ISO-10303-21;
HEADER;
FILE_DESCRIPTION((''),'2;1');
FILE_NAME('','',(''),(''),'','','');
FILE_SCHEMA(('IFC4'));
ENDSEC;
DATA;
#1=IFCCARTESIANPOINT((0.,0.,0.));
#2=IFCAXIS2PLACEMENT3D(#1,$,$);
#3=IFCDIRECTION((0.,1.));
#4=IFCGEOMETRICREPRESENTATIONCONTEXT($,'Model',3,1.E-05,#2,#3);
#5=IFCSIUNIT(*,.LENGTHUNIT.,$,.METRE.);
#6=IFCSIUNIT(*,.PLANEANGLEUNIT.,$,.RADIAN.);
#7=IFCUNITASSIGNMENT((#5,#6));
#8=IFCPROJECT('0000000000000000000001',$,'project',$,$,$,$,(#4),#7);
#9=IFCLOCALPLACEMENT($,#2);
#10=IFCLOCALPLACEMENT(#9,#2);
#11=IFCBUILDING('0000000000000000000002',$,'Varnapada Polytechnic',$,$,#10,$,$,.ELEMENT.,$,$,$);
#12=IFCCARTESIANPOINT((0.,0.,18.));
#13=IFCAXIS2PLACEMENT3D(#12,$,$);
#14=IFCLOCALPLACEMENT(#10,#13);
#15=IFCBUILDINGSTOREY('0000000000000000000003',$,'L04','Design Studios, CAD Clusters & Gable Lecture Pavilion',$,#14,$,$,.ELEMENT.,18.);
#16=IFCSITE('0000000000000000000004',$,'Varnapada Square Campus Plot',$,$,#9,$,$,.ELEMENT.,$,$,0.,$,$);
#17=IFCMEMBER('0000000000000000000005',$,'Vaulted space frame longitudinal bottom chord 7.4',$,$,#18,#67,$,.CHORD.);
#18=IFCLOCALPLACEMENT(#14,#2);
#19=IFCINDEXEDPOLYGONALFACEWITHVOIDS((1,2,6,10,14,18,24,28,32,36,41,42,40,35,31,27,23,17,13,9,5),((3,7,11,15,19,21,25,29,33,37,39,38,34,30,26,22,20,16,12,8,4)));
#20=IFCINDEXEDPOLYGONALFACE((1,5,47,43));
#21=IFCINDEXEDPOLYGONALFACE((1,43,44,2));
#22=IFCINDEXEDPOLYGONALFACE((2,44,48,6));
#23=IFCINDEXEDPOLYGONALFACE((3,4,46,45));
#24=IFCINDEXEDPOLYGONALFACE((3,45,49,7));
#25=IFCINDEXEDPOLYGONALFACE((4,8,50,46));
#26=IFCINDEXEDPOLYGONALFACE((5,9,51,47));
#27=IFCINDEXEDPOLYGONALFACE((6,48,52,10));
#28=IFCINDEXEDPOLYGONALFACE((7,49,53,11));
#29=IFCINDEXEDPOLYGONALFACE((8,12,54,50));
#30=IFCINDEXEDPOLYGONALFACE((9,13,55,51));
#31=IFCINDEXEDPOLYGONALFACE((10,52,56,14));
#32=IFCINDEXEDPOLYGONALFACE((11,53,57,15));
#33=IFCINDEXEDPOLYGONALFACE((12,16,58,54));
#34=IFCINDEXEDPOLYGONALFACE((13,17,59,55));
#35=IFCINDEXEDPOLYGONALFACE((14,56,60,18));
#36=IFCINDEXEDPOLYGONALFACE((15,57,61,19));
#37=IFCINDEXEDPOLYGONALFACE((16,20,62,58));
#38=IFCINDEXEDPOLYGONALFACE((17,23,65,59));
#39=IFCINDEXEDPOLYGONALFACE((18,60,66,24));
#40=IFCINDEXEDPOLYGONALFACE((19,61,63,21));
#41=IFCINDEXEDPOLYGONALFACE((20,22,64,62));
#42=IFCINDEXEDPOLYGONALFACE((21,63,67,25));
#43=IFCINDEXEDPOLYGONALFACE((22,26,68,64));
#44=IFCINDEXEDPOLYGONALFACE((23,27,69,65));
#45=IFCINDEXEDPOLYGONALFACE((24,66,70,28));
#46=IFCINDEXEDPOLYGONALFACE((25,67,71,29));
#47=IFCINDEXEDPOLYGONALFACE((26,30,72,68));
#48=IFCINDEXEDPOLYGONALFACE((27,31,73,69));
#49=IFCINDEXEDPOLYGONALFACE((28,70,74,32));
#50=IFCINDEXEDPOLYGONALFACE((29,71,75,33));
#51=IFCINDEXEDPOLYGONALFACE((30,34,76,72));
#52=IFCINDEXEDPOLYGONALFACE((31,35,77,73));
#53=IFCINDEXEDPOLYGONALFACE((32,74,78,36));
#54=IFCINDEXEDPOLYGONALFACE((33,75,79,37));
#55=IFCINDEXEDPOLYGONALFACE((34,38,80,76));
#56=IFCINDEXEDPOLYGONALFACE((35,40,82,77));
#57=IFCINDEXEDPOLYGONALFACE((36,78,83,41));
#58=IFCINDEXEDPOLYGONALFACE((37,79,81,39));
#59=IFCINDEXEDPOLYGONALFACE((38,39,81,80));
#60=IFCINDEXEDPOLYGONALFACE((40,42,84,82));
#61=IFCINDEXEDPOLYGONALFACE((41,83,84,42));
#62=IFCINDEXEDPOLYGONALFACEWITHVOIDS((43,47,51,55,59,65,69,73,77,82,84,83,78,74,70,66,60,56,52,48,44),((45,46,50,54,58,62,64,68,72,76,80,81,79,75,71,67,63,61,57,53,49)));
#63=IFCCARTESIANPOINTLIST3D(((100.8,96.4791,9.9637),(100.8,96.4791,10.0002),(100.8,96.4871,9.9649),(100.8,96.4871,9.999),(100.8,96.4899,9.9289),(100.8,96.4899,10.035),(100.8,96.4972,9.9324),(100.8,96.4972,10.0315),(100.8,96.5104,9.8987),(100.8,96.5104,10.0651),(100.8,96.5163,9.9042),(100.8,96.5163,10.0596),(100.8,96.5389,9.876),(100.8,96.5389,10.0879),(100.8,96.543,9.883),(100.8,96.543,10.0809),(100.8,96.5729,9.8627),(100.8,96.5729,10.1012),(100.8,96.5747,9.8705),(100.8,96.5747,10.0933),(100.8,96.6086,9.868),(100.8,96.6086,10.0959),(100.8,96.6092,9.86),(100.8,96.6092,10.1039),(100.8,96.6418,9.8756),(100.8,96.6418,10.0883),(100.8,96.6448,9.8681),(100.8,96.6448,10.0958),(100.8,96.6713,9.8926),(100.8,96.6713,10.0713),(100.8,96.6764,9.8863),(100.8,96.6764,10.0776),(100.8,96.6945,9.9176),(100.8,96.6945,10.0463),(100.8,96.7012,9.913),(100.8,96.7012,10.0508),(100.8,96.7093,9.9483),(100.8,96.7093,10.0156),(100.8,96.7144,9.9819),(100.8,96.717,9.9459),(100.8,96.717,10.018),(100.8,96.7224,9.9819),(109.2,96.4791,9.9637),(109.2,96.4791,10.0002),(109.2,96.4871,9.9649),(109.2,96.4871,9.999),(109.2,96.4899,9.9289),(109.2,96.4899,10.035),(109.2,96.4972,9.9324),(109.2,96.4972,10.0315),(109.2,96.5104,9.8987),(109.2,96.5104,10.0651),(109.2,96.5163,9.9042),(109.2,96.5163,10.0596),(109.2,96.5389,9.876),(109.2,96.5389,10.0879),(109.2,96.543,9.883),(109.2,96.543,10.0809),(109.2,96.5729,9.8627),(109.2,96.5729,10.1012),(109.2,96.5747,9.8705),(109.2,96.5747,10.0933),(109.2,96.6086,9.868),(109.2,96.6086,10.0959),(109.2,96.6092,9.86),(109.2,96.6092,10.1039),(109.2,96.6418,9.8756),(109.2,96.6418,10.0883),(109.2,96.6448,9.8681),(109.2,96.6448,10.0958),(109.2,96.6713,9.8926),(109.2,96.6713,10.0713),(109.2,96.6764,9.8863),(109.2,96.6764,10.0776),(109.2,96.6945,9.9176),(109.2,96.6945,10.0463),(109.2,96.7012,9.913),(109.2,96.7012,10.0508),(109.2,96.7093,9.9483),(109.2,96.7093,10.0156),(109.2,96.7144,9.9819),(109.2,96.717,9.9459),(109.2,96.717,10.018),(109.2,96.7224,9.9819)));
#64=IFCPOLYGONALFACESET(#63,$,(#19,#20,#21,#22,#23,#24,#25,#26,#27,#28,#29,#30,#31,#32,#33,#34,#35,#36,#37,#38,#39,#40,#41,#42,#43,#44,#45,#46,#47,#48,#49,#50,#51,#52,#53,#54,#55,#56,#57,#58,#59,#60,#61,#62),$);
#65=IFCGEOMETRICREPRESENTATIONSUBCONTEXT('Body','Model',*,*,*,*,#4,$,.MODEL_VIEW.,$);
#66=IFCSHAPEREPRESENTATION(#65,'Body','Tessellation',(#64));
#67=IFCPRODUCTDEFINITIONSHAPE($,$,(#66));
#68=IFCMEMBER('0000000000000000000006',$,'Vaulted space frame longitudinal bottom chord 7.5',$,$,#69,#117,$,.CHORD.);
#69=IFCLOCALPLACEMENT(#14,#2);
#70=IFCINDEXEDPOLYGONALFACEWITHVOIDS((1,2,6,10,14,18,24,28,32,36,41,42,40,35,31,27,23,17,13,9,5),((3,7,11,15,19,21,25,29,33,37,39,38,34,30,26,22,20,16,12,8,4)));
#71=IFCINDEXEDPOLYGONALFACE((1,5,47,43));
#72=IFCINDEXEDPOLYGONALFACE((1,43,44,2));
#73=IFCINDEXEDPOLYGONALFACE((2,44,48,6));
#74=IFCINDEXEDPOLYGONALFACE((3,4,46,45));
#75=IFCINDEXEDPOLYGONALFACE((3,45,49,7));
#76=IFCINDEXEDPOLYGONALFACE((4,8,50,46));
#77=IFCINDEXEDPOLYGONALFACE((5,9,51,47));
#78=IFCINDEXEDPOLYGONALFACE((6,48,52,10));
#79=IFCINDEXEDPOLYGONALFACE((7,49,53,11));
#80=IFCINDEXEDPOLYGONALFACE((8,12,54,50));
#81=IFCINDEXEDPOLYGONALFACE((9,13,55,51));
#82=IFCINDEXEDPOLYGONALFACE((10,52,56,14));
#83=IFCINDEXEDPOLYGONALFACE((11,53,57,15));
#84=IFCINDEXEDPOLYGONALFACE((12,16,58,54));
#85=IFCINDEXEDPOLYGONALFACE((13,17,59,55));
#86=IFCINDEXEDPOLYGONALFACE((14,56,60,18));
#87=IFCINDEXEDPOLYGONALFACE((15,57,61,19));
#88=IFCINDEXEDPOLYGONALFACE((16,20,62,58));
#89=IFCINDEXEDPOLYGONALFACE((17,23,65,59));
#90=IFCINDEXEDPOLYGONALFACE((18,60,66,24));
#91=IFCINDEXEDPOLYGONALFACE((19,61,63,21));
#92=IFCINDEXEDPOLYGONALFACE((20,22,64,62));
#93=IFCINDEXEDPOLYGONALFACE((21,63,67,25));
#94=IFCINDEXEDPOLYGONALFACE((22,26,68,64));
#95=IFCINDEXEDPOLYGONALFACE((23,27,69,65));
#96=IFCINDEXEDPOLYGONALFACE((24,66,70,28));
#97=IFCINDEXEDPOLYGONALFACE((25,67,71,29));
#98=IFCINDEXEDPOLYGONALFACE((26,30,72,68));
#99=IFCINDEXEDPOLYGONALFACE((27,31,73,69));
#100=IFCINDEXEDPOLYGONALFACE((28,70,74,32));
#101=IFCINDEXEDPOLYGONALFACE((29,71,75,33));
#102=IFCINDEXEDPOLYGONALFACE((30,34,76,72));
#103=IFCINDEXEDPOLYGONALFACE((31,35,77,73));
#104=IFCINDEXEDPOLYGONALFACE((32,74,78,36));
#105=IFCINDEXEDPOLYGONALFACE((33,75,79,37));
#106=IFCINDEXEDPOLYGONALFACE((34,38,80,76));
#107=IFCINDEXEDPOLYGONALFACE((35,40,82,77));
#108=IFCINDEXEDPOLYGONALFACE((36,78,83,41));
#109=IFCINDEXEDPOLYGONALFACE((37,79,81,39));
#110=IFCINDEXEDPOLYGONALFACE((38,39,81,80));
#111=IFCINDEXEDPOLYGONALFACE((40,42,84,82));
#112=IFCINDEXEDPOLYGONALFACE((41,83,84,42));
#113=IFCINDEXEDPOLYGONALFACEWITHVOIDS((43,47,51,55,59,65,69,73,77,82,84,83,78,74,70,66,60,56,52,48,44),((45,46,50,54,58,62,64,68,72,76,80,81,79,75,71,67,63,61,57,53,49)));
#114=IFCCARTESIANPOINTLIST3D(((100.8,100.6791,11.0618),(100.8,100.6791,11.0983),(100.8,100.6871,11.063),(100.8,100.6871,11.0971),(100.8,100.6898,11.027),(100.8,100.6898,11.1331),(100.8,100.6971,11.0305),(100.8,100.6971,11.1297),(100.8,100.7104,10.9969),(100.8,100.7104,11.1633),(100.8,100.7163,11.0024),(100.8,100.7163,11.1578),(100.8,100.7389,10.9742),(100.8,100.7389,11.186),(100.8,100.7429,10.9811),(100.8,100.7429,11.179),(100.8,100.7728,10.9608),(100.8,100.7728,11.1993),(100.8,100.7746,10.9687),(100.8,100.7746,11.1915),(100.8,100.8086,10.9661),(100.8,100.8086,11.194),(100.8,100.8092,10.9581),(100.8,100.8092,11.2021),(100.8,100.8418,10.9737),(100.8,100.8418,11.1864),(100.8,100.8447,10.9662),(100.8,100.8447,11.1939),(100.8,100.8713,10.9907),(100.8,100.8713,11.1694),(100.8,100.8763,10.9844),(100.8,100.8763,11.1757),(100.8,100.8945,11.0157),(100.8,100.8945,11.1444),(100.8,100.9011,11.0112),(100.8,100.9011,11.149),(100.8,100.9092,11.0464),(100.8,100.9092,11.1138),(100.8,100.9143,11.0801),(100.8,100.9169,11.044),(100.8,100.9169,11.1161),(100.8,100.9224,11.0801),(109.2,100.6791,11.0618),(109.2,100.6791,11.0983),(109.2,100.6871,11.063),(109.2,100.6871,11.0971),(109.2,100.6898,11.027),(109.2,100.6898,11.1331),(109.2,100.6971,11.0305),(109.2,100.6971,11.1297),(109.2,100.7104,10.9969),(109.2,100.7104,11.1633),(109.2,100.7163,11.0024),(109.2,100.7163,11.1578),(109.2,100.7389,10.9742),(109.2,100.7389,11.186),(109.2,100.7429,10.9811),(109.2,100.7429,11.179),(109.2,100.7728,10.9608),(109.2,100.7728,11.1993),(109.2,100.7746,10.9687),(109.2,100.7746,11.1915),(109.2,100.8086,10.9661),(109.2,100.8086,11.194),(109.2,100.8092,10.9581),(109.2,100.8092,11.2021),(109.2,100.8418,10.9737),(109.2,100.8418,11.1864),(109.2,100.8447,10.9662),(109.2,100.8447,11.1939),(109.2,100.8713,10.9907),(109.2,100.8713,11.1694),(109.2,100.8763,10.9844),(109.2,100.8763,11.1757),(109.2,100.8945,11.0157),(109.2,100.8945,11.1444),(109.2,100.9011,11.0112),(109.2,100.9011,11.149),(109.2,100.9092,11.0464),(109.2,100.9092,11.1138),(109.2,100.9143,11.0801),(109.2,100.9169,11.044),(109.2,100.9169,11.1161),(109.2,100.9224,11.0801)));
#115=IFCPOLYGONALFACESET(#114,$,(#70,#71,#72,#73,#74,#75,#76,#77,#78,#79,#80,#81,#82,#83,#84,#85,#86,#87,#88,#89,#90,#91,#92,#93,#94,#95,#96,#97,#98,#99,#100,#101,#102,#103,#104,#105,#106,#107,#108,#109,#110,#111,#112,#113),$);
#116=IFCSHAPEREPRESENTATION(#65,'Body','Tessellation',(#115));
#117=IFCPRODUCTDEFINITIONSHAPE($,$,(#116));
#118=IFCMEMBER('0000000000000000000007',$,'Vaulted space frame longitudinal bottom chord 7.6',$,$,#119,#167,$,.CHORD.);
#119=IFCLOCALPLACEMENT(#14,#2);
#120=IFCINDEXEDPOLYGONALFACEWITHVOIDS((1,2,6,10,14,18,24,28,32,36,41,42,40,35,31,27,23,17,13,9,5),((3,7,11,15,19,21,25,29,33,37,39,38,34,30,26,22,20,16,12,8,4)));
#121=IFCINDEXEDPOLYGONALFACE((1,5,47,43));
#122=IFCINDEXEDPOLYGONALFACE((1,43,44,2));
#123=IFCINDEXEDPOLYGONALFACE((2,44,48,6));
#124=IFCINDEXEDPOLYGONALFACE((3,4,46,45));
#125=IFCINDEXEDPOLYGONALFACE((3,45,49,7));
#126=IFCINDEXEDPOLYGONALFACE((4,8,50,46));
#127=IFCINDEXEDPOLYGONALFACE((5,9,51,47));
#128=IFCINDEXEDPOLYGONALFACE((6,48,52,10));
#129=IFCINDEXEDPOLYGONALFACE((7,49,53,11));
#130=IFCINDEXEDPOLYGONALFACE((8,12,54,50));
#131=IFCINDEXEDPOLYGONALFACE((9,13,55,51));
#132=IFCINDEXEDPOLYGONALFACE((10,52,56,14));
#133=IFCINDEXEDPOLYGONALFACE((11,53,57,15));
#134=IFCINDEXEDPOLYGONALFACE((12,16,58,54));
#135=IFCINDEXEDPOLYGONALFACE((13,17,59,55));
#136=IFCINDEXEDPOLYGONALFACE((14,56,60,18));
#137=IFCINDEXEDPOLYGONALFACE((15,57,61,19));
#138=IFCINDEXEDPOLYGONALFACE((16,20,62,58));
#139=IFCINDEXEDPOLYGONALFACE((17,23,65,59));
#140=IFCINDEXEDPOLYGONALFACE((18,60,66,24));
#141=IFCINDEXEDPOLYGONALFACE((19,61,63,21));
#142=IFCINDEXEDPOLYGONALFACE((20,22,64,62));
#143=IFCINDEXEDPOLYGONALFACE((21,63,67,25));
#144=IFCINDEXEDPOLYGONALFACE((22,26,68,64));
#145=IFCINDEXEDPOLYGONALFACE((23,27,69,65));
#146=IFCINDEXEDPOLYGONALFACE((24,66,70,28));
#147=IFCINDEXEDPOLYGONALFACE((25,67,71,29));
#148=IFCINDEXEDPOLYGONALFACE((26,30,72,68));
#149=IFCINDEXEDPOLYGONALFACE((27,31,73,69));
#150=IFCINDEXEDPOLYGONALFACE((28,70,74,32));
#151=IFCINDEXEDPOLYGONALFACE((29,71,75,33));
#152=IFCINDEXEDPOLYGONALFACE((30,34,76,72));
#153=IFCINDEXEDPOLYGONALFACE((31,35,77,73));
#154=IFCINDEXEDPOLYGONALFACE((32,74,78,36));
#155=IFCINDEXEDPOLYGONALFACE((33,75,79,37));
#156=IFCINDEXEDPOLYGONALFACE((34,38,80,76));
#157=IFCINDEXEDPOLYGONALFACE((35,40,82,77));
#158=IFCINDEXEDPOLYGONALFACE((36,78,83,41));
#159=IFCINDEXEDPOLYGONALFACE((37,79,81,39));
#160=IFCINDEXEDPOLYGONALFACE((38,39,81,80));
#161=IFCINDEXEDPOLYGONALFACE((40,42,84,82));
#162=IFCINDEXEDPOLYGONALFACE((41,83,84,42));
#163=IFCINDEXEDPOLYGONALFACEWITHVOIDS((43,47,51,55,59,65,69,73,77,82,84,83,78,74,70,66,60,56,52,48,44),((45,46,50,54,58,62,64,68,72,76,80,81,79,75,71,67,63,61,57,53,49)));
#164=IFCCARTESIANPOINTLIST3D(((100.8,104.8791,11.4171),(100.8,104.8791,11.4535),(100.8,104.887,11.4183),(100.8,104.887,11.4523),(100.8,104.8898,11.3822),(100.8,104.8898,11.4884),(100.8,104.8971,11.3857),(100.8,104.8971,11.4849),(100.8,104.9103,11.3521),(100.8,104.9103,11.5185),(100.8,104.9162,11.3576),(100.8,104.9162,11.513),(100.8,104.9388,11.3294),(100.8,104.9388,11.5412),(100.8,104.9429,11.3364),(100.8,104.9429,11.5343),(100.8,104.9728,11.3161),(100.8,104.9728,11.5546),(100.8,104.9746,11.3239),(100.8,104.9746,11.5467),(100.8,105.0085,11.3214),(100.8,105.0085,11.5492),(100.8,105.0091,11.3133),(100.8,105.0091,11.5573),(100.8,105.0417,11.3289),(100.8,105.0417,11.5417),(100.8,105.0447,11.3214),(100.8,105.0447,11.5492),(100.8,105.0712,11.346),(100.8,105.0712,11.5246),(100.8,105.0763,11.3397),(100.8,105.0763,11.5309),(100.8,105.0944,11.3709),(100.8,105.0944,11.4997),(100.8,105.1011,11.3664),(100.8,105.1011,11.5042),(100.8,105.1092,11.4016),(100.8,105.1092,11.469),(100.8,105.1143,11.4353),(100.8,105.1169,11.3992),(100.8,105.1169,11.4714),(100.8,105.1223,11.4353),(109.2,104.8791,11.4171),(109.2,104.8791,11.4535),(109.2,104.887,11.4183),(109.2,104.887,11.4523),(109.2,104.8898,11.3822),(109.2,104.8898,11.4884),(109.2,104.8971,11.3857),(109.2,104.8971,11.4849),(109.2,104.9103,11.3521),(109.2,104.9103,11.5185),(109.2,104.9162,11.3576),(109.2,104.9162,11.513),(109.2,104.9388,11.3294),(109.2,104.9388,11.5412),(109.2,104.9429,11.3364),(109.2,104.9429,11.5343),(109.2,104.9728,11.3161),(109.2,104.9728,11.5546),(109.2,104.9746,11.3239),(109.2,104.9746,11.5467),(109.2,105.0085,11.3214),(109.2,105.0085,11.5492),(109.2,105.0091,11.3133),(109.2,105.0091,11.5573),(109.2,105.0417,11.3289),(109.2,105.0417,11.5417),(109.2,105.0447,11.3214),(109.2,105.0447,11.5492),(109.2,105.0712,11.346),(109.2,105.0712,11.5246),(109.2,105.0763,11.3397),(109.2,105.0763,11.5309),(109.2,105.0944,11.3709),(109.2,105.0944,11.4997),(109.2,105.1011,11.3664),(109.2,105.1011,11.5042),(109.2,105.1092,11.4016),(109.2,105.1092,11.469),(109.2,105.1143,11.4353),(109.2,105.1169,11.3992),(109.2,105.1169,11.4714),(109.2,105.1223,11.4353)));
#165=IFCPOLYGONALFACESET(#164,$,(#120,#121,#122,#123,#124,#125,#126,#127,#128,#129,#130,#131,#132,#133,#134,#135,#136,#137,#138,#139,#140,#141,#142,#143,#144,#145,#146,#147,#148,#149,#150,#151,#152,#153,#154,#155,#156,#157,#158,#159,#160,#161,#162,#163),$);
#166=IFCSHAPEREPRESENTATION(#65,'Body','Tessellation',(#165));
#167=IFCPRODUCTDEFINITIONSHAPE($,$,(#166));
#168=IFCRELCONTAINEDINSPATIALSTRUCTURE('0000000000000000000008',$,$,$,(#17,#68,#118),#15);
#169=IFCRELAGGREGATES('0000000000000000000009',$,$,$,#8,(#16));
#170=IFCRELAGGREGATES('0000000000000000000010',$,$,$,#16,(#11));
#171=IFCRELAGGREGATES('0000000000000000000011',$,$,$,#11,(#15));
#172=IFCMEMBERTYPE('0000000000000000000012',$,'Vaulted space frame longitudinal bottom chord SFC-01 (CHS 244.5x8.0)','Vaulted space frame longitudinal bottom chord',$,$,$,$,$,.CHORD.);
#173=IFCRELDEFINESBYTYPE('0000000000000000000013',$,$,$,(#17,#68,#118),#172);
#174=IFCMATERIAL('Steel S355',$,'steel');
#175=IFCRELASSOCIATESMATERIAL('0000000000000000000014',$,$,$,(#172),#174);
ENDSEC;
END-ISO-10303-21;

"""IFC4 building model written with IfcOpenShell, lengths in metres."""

from ifc_helpers import new_model, si_unit, direction, frame, origin, origin_2d, place, context, subcontext, project, spatial, hollow_circle, extrude, material, material_profile, profile_set, type_object, element, save


model = new_model("IFC4")

# Units and contexts
model_context = context("Model", 3, precision=1e-05, world=origin(), true_north=direction((0.0, 1.0)))
body_context = subcontext(model_context, "Body", "Model", "MODEL_VIEW")
ifc_project = project(units=[si_unit("LENGTHUNIT", "METRE"), si_unit("PLANEANGLEUNIT", "RADIAN")], contexts=[model_context])

# Site, building, storey
site_placement = place(None, origin())
site = spatial("IfcSite", under=ifc_project, at=site_placement, Name="Varnapada Square Campus Plot", CompositionType="ELEMENT", RefElevation=0.0)
building_placement = place(site_placement, origin())
building = spatial("IfcBuilding", under=site, at=building_placement, Name="Varnapada Polytechnic", CompositionType="ELEMENT")
storey_placement = place(building_placement, frame((0.0, 0.0, 18.0)))
storey = spatial("IfcBuildingStorey", under=building, at=storey_placement, Name="L04", Description="Design Studios, CAD Clusters & Gable Lecture Pavilion", CompositionType="ELEMENT", Elevation=18.0)

# Members
ifc_material = material(Name="Steel S355", Category="steel")
ifc_material_profile_1 = material_profile(ifc_material, hollow_circle(Radius=0.1223, WallThickness=0.0081, at=origin_2d()), Name="CHS 244.5x8.0")
ifc_profile_set_1 = profile_set([ifc_material_profile_1], Name="Steel S355")
member_type_1 = type_object("IfcMemberType", Name="Vaulted space frame longitudinal bottom chord SFC-01 (CHS 244.5x8.0)", Description="Vaulted space frame longitudinal bottom chord", PredefinedType="CHORD", material=ifc_profile_set_1)
for number, where, z_axis, x_axis, name in (
    (1, (100.8, 96.6001, 9.9819), (1.0, 0.0, 0.0), (0.0, 1.0, 0.0), "Vaulted space frame longitudinal bottom chord 7.4"),
    (2, (100.8, 100.8, 11.0801), (1.0, 0.0, 0.0), (0.0, 1.0, 0.0), "Vaulted space frame longitudinal bottom chord 7.5"),
    (3, (100.8, 105.0, 11.4353), (1.0, 0.0, 0.0), (0.0, 1.0, 0.0), "Vaulted space frame longitudinal bottom chord 7.6"),
):
    element("IfcMember", number, at=place(storey_placement, frame(where, z_axis=z_axis, x_axis=x_axis)), inside=storey, type_object=member_type_1, Name=name, PredefinedType="CHORD", context=body_context, shape_type="SweptSolid", body=[
        extrude(hollow_circle(Radius=0.1223, WallThickness=0.0081, at=origin_2d()), origin(), (0.0, 0.0, 1.0), 8.3999),
    ])

save(model, "model.ifc")
